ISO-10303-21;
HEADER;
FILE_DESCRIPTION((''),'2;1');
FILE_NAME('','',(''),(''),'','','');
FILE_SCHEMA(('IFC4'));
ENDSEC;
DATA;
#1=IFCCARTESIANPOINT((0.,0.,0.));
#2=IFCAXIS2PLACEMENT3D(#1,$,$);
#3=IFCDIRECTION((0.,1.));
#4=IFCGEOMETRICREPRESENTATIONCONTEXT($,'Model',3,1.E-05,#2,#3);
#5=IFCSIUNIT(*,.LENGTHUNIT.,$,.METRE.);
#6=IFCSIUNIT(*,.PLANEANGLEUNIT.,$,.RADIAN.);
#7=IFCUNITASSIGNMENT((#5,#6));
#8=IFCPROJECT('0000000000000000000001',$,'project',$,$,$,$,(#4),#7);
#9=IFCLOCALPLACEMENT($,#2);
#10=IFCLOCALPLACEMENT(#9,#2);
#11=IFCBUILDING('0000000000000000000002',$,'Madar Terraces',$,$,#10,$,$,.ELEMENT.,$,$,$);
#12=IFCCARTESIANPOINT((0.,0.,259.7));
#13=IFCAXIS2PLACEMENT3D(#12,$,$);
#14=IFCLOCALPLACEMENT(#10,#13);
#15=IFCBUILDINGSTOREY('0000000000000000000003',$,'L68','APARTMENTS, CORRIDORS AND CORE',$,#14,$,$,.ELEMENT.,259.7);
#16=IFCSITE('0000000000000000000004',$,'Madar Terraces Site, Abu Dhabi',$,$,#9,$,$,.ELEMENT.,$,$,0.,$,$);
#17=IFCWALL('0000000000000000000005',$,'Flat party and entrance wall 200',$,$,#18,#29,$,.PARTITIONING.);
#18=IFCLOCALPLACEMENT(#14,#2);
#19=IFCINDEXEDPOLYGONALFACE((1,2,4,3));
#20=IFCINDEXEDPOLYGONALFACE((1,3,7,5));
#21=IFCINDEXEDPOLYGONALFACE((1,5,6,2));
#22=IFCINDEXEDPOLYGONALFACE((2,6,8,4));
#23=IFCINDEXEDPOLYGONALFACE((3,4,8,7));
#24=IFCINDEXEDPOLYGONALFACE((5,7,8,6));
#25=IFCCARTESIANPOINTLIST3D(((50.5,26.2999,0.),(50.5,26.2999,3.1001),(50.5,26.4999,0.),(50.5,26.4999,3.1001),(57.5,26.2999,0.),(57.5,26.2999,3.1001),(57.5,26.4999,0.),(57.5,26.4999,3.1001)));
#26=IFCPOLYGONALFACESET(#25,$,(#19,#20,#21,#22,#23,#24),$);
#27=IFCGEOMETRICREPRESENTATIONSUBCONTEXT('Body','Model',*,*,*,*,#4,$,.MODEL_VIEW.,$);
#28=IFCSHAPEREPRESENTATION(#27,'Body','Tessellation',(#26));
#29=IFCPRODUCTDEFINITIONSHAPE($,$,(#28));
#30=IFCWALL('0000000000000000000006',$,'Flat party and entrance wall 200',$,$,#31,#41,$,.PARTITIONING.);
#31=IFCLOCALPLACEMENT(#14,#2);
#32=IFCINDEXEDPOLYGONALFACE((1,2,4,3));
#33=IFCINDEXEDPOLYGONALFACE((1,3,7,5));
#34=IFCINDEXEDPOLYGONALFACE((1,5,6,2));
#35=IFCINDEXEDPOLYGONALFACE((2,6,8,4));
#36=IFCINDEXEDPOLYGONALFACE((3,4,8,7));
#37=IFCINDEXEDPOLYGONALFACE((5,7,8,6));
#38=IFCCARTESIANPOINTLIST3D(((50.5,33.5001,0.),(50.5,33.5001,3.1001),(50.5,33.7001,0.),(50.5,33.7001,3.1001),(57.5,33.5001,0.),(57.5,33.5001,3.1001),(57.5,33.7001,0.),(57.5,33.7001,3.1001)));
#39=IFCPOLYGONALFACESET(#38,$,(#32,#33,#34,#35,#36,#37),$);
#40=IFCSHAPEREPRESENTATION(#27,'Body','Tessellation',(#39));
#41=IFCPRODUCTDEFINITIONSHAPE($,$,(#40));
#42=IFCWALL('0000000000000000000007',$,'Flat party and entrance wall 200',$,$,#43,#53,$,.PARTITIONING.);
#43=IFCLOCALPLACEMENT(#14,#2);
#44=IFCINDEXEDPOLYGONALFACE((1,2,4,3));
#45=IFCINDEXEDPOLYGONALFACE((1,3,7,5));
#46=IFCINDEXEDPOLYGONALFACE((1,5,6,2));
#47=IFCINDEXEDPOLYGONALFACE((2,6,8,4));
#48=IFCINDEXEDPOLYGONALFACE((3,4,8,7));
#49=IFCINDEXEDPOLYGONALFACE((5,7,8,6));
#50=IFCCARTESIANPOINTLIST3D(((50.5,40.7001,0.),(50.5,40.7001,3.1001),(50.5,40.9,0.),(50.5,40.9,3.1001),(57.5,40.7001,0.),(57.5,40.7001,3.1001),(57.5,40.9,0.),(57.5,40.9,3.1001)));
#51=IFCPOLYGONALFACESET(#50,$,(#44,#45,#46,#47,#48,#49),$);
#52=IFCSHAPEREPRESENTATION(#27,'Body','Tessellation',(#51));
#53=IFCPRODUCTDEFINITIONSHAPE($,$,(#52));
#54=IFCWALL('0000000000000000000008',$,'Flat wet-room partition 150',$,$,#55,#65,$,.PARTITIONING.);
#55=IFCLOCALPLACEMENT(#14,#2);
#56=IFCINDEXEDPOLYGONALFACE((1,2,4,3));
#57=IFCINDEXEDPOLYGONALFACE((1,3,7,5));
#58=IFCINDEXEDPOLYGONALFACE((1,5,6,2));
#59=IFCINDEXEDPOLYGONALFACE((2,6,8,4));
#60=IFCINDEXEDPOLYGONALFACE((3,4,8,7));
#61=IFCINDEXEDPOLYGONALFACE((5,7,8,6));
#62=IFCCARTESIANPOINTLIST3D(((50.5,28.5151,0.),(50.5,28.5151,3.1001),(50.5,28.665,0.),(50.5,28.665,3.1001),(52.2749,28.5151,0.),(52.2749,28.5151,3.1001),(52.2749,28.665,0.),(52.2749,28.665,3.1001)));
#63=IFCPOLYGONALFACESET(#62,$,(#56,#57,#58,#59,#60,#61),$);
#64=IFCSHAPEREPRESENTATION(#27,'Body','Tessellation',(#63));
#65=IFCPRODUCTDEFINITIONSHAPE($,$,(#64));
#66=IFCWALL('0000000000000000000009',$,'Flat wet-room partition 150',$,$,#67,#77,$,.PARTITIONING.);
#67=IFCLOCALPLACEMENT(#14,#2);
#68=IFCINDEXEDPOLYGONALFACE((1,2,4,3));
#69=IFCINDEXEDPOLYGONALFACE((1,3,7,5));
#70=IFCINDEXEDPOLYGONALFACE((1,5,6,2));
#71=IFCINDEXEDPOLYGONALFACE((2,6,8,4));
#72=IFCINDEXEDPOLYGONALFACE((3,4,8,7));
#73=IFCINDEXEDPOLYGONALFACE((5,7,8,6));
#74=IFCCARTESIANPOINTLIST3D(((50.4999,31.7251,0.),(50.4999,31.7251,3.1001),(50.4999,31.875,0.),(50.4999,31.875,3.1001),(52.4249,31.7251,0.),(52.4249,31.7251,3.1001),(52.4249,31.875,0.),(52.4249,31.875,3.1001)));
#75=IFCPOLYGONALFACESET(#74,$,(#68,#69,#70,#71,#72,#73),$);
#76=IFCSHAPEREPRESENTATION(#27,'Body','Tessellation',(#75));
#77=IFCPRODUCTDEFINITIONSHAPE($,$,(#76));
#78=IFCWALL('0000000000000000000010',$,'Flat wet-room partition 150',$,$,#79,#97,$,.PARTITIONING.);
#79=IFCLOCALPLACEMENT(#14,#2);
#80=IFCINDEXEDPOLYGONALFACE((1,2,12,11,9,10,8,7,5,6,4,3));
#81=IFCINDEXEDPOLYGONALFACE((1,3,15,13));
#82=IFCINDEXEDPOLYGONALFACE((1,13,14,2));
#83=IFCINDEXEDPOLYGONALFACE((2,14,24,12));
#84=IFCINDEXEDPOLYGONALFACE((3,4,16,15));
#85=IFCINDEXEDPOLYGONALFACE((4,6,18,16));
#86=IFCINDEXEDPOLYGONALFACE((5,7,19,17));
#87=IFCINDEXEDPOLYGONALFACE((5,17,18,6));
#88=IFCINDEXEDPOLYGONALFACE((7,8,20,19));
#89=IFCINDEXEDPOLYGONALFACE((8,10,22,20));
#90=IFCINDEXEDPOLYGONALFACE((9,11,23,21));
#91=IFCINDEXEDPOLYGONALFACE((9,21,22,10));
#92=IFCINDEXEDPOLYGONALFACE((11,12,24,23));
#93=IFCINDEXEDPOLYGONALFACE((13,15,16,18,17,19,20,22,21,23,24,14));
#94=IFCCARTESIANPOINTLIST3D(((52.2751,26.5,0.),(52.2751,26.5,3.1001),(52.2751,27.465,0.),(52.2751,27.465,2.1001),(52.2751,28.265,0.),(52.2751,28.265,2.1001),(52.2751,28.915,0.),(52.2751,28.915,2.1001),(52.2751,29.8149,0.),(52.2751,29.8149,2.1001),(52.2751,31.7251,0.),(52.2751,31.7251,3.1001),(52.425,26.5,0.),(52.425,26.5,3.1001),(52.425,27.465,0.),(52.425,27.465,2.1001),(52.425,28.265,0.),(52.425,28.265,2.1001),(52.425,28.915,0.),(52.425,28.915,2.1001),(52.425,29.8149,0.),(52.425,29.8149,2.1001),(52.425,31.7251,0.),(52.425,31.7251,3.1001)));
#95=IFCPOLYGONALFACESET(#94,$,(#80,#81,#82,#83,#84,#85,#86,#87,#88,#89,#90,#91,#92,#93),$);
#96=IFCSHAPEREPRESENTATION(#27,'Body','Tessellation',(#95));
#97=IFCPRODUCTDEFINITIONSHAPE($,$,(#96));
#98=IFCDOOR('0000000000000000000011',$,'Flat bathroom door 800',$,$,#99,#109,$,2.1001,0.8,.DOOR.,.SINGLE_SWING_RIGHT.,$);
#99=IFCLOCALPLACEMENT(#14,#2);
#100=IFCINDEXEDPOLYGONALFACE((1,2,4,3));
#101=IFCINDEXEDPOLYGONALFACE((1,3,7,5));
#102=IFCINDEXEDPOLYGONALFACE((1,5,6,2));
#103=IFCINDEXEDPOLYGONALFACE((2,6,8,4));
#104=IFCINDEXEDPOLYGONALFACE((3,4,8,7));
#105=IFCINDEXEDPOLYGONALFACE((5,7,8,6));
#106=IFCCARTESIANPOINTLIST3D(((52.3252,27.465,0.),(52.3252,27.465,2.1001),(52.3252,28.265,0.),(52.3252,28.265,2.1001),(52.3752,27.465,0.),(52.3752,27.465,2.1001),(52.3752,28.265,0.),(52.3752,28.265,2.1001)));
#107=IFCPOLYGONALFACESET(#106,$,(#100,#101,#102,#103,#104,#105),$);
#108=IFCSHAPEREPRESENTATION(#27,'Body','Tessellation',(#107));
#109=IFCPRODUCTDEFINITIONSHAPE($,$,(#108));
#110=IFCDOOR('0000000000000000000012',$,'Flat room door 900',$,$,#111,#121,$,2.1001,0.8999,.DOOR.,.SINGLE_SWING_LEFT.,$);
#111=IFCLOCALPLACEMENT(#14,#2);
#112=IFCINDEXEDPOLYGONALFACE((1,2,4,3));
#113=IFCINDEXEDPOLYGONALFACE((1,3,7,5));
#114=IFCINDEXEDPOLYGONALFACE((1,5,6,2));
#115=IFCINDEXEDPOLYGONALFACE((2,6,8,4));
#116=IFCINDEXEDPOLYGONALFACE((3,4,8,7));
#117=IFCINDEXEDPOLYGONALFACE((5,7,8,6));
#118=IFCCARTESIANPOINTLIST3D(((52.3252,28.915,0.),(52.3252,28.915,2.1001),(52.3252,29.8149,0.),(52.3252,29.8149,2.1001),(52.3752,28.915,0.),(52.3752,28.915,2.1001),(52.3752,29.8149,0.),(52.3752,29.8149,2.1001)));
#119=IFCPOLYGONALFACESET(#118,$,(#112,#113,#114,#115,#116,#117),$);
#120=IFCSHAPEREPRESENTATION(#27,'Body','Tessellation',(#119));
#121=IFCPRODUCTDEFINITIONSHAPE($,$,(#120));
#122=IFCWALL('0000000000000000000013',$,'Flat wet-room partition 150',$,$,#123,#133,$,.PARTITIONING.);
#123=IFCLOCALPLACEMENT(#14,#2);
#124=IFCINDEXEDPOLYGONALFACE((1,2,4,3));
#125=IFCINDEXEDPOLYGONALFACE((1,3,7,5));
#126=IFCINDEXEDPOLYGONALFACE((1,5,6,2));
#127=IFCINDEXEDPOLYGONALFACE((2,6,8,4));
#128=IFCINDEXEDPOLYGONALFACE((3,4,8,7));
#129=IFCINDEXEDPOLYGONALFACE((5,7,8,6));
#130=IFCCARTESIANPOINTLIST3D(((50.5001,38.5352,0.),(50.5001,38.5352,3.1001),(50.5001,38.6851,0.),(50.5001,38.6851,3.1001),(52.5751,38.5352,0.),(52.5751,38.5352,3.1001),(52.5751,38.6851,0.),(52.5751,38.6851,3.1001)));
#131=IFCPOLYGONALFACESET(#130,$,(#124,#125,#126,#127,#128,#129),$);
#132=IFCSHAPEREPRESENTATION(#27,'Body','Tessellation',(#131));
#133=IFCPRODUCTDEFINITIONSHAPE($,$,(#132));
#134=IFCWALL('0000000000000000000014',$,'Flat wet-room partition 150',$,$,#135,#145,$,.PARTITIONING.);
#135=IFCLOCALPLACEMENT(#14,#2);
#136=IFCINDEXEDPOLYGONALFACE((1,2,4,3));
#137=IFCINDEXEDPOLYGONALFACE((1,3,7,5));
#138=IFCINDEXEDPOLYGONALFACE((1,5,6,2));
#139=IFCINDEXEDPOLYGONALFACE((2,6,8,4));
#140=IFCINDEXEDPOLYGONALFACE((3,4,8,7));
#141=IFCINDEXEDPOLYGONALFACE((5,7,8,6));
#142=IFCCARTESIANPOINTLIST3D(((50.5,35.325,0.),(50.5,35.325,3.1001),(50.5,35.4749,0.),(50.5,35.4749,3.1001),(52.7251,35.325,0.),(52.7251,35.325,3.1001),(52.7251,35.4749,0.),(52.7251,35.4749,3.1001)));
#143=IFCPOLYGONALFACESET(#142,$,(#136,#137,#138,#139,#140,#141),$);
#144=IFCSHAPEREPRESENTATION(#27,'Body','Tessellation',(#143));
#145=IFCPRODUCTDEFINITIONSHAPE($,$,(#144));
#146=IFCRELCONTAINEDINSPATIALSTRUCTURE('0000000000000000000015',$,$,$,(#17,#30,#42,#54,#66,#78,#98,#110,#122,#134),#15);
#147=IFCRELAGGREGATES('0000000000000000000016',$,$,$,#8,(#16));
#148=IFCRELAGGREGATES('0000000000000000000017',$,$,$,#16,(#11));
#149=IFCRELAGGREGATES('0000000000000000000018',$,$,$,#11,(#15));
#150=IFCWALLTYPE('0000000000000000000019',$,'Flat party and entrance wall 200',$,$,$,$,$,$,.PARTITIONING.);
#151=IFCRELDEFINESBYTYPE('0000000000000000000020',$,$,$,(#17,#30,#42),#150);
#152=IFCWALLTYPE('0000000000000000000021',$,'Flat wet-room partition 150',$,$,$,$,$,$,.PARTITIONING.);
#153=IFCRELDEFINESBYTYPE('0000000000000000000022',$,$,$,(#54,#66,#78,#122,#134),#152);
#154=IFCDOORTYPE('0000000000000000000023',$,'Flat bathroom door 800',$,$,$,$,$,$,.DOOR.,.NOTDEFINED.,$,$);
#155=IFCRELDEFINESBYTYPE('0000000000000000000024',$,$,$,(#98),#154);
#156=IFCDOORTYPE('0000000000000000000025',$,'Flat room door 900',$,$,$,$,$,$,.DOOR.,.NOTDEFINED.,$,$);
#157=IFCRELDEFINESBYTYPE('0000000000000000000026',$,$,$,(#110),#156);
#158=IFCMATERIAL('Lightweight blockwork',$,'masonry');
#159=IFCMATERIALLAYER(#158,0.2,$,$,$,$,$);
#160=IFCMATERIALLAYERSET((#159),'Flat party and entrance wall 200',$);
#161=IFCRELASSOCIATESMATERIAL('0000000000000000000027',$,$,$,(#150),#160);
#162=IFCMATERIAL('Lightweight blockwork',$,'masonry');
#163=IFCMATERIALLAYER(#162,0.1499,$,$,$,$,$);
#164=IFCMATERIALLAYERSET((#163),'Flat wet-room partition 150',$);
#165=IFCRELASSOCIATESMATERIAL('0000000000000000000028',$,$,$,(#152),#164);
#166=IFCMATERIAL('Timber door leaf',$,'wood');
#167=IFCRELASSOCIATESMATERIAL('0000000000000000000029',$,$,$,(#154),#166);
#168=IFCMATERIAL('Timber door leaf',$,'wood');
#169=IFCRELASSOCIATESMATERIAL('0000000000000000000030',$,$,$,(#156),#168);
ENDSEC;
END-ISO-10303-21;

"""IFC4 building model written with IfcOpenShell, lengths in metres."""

from ifc_helpers import new_model, si_unit, direction, frame, frame_2d, origin, place, context, subcontext, project, spatial, rectangle, extrude, material, layer, layer_set, type_object, element, fill, save


model = new_model("IFC4")

# Units and contexts
model_context = context("Model", 3, precision=1e-05, world=origin(), true_north=direction((0.0, 1.0)))
body_context = subcontext(model_context, "Body", "Model", "MODEL_VIEW")
ifc_project = project(units=[si_unit("LENGTHUNIT", "METRE"), si_unit("PLANEANGLEUNIT", "RADIAN")], contexts=[model_context])

# Site, building, storey
site_placement = place(None, origin())
site = spatial("IfcSite", under=ifc_project, at=site_placement, Name="Madar Terraces Site, Abu Dhabi", CompositionType="ELEMENT", RefElevation=0.0)
building_placement = place(site_placement, origin())
building = spatial("IfcBuilding", under=site, at=building_placement, Name="Madar Terraces", CompositionType="ELEMENT")
storey_placement = place(building_placement, frame((0.0, 0.0, 259.7)))
storey = spatial("IfcBuildingStorey", under=building, at=storey_placement, Name="L68", Description="APARTMENTS, CORRIDORS AND CORE", CompositionType="ELEMENT", Elevation=259.7)

# Walls
ifc_material_1 = material(Name="Lightweight blockwork", Category="masonry")
ifc_layer_1 = layer(ifc_material_1, 0.2)
ifc_layer_set_1 = layer_set([ifc_layer_1], Name="Flat party and entrance wall 200")
wall_type_1 = type_object("IfcWallType", Name="Flat party and entrance wall 200", PredefinedType="PARTITIONING", material=ifc_layer_set_1)
for number, where, z_axis, x_axis, name in (
    (1, (50.5, 26.3999, 0.0), (0.0, 0.0, 1.0), (1.0, 0.0, 0.0), "Flat party and entrance wall 200"),
    (2, (50.5, 33.6001, 0.0), (0.0, 0.0, 1.0), (1.0, 0.0, 0.0), "Flat party and entrance wall 200"),
    (3, (50.5, 40.8, 0.0), (0.0, 0.0, 1.0), (1.0, 0.0, 0.0), "Flat party and entrance wall 200"),
):
    element("IfcWall", number, at=place(storey_placement, frame(where, z_axis=z_axis, x_axis=x_axis)), inside=storey, type_object=wall_type_1, Name=name, PredefinedType="PARTITIONING", context=body_context, shape_type="SweptSolid", body=[
        extrude(rectangle(XDim=7.0, YDim=0.2, at=frame_2d((3.5, 0.0))), origin(), (0.0, 0.0, 1.0), 3.1001),
    ])
ifc_material_2 = material(Name="Lightweight blockwork", Category="masonry")
ifc_layer_2 = layer(ifc_material_2, 0.1499)
ifc_layer_set_2 = layer_set([ifc_layer_2], Name="Flat wet-room partition 150")
wall_type_2 = type_object("IfcWallType", Name="Flat wet-room partition 150", PredefinedType="PARTITIONING", material=ifc_layer_set_2)
wall_1_placement = place(storey_placement, frame((50.5, 28.5901, 0.0), z_axis=(0.0, 0.0, 1.0), x_axis=(1.0, 0.0, 0.0)))
element("IfcWall", 4, at=wall_1_placement, inside=storey, type_object=wall_type_2, Name="Flat wet-room partition 150", PredefinedType="PARTITIONING", context=body_context, shape_type="SweptSolid", body=[
    extrude(rectangle(XDim=1.7749, YDim=0.1499, at=frame_2d((0.8875, 0.0))), origin(), (0.0, 0.0, 1.0), 3.1001),
])
wall_2_placement = place(storey_placement, frame((50.5, 31.8, 0.0), z_axis=(0.0, 0.0, 1.0), x_axis=(1.0, 0.0, 0.0)))
element("IfcWall", 5, at=wall_2_placement, inside=storey, type_object=wall_type_2, Name="Flat wet-room partition 150", PredefinedType="PARTITIONING", context=body_context, shape_type="SweptSolid", body=[
    extrude(rectangle(XDim=1.925, YDim=0.1499, at=frame_2d((0.9624, 0.0))), origin(), (0.0, 0.0, 1.0), 3.1001),
])

# Wall, openings, doors
wall_3_placement = place(storey_placement, frame((52.3501, 26.5, 0.0), z_axis=(0.0, 0.0, 1.0), x_axis=(0.0, 1.0, 0.0)))
wall_3 = element("IfcWall", 6, at=wall_3_placement, inside=storey, type_object=wall_type_2, Name="Flat wet-room partition 150", PredefinedType="PARTITIONING", context=body_context, shape_type="SweptSolid", body=[
    extrude(rectangle(XDim=5.2251, YDim=0.1499, at=frame_2d((2.6125, 0.0))), origin(), (0.0, 0.0, 1.0), 3.1001),
])
opening_1_placement = place(wall_3_placement, frame((2.415, 0.0, 0.0)))
opening_1 = element("IfcOpeningElement", 7, at=opening_1_placement, cuts=wall_3, PredefinedType="OPENING", context=body_context, shape_type="SweptSolid", body=[
    extrude(rectangle(XDim=0.8999, YDim=2.1001, at=frame_2d((0.45, 1.05))), frame((0.0, 0.085, 0.0), z_axis=(0.0, -1.0, 0.0), x_axis=(1.0, 0.0, 0.0)), (0.0, 0.0, 1.0), 0.1699),
])
opening_2_placement = place(wall_3_placement, frame((0.9651, 0.0, 0.0)))
opening_2 = element("IfcOpeningElement", 8, at=opening_2_placement, cuts=wall_3, PredefinedType="OPENING", context=body_context, shape_type="SweptSolid", body=[
    extrude(rectangle(XDim=0.8, YDim=2.1001, at=frame_2d((0.3999, 1.05))), frame((0.0, 0.085, 0.0), z_axis=(0.0, -1.0, 0.0), x_axis=(1.0, 0.0, 0.0)), (0.0, 0.0, 1.0), 0.1699),
])
ifc_material_3 = material(Name="Timber door leaf", Category="wood")
door_type_1 = type_object("IfcDoorType", Name="Flat bathroom door 800", OperationType="NOTDEFINED", PredefinedType="DOOR", material=ifc_material_3)
door_1_placement = place(opening_2_placement, origin())
door_1 = element("IfcDoor", 9, at=door_1_placement, inside=storey, type_object=door_type_1, Name="Flat bathroom door 800", OperationType="SINGLE_SWING_RIGHT", OverallHeight=2.1001, OverallWidth=0.8, PredefinedType="DOOR", context=body_context, shape_type="SweptSolid", body=[
    extrude(rectangle(XDim=0.8, YDim=2.1001, at=frame_2d((0.3999, 1.05))), frame((0.0, 0.0249, 0.0), z_axis=(0.0, -1.0, 0.0), x_axis=(1.0, 0.0, 0.0)), (0.0, 0.0, 1.0), 0.05),
])
fill(opening_2, door_1)
ifc_material_4 = material(Name="Timber door leaf", Category="wood")
door_type_2 = type_object("IfcDoorType", Name="Flat room door 900", OperationType="NOTDEFINED", PredefinedType="DOOR", material=ifc_material_4)
door_2_placement = place(opening_1_placement, origin())
door_2 = element("IfcDoor", 10, at=door_2_placement, inside=storey, type_object=door_type_2, Name="Flat room door 900", OperationType="SINGLE_SWING_LEFT", OverallHeight=2.1001, OverallWidth=0.8999, PredefinedType="DOOR", context=body_context, shape_type="SweptSolid", body=[
    extrude(rectangle(XDim=0.8999, YDim=2.1001, at=frame_2d((0.45, 1.05))), frame((0.0, 0.0249, 0.0), z_axis=(0.0, -1.0, 0.0), x_axis=(1.0, 0.0, 0.0)), (0.0, 0.0, 1.0), 0.05),
])
fill(opening_1, door_2)

# Walls
wall_4_placement = place(storey_placement, frame((50.5, 38.6101, 0.0), z_axis=(0.0, 0.0, 1.0), x_axis=(1.0, 0.0, 0.0)))
element("IfcWall", 11, at=wall_4_placement, inside=storey, type_object=wall_type_2, Name="Flat wet-room partition 150", PredefinedType="PARTITIONING", context=body_context, shape_type="SweptSolid", body=[
    extrude(rectangle(XDim=2.075, YDim=0.1499, at=frame_2d((1.0376, 0.0))), origin(), (0.0, 0.0, 1.0), 3.1001),
])
wall_5_placement = place(storey_placement, frame((50.5, 35.3999, 0.0), z_axis=(0.0, 0.0, 1.0), x_axis=(1.0, 0.0, 0.0)))
element("IfcWall", 12, at=wall_5_placement, inside=storey, type_object=wall_type_2, Name="Flat wet-room partition 150", PredefinedType="PARTITIONING", context=body_context, shape_type="SweptSolid", body=[
    extrude(rectangle(XDim=2.2251, YDim=0.1499, at=frame_2d((1.1125, 0.0))), origin(), (0.0, 0.0, 1.0), 3.1001),
])

save(model, "model.ifc")
